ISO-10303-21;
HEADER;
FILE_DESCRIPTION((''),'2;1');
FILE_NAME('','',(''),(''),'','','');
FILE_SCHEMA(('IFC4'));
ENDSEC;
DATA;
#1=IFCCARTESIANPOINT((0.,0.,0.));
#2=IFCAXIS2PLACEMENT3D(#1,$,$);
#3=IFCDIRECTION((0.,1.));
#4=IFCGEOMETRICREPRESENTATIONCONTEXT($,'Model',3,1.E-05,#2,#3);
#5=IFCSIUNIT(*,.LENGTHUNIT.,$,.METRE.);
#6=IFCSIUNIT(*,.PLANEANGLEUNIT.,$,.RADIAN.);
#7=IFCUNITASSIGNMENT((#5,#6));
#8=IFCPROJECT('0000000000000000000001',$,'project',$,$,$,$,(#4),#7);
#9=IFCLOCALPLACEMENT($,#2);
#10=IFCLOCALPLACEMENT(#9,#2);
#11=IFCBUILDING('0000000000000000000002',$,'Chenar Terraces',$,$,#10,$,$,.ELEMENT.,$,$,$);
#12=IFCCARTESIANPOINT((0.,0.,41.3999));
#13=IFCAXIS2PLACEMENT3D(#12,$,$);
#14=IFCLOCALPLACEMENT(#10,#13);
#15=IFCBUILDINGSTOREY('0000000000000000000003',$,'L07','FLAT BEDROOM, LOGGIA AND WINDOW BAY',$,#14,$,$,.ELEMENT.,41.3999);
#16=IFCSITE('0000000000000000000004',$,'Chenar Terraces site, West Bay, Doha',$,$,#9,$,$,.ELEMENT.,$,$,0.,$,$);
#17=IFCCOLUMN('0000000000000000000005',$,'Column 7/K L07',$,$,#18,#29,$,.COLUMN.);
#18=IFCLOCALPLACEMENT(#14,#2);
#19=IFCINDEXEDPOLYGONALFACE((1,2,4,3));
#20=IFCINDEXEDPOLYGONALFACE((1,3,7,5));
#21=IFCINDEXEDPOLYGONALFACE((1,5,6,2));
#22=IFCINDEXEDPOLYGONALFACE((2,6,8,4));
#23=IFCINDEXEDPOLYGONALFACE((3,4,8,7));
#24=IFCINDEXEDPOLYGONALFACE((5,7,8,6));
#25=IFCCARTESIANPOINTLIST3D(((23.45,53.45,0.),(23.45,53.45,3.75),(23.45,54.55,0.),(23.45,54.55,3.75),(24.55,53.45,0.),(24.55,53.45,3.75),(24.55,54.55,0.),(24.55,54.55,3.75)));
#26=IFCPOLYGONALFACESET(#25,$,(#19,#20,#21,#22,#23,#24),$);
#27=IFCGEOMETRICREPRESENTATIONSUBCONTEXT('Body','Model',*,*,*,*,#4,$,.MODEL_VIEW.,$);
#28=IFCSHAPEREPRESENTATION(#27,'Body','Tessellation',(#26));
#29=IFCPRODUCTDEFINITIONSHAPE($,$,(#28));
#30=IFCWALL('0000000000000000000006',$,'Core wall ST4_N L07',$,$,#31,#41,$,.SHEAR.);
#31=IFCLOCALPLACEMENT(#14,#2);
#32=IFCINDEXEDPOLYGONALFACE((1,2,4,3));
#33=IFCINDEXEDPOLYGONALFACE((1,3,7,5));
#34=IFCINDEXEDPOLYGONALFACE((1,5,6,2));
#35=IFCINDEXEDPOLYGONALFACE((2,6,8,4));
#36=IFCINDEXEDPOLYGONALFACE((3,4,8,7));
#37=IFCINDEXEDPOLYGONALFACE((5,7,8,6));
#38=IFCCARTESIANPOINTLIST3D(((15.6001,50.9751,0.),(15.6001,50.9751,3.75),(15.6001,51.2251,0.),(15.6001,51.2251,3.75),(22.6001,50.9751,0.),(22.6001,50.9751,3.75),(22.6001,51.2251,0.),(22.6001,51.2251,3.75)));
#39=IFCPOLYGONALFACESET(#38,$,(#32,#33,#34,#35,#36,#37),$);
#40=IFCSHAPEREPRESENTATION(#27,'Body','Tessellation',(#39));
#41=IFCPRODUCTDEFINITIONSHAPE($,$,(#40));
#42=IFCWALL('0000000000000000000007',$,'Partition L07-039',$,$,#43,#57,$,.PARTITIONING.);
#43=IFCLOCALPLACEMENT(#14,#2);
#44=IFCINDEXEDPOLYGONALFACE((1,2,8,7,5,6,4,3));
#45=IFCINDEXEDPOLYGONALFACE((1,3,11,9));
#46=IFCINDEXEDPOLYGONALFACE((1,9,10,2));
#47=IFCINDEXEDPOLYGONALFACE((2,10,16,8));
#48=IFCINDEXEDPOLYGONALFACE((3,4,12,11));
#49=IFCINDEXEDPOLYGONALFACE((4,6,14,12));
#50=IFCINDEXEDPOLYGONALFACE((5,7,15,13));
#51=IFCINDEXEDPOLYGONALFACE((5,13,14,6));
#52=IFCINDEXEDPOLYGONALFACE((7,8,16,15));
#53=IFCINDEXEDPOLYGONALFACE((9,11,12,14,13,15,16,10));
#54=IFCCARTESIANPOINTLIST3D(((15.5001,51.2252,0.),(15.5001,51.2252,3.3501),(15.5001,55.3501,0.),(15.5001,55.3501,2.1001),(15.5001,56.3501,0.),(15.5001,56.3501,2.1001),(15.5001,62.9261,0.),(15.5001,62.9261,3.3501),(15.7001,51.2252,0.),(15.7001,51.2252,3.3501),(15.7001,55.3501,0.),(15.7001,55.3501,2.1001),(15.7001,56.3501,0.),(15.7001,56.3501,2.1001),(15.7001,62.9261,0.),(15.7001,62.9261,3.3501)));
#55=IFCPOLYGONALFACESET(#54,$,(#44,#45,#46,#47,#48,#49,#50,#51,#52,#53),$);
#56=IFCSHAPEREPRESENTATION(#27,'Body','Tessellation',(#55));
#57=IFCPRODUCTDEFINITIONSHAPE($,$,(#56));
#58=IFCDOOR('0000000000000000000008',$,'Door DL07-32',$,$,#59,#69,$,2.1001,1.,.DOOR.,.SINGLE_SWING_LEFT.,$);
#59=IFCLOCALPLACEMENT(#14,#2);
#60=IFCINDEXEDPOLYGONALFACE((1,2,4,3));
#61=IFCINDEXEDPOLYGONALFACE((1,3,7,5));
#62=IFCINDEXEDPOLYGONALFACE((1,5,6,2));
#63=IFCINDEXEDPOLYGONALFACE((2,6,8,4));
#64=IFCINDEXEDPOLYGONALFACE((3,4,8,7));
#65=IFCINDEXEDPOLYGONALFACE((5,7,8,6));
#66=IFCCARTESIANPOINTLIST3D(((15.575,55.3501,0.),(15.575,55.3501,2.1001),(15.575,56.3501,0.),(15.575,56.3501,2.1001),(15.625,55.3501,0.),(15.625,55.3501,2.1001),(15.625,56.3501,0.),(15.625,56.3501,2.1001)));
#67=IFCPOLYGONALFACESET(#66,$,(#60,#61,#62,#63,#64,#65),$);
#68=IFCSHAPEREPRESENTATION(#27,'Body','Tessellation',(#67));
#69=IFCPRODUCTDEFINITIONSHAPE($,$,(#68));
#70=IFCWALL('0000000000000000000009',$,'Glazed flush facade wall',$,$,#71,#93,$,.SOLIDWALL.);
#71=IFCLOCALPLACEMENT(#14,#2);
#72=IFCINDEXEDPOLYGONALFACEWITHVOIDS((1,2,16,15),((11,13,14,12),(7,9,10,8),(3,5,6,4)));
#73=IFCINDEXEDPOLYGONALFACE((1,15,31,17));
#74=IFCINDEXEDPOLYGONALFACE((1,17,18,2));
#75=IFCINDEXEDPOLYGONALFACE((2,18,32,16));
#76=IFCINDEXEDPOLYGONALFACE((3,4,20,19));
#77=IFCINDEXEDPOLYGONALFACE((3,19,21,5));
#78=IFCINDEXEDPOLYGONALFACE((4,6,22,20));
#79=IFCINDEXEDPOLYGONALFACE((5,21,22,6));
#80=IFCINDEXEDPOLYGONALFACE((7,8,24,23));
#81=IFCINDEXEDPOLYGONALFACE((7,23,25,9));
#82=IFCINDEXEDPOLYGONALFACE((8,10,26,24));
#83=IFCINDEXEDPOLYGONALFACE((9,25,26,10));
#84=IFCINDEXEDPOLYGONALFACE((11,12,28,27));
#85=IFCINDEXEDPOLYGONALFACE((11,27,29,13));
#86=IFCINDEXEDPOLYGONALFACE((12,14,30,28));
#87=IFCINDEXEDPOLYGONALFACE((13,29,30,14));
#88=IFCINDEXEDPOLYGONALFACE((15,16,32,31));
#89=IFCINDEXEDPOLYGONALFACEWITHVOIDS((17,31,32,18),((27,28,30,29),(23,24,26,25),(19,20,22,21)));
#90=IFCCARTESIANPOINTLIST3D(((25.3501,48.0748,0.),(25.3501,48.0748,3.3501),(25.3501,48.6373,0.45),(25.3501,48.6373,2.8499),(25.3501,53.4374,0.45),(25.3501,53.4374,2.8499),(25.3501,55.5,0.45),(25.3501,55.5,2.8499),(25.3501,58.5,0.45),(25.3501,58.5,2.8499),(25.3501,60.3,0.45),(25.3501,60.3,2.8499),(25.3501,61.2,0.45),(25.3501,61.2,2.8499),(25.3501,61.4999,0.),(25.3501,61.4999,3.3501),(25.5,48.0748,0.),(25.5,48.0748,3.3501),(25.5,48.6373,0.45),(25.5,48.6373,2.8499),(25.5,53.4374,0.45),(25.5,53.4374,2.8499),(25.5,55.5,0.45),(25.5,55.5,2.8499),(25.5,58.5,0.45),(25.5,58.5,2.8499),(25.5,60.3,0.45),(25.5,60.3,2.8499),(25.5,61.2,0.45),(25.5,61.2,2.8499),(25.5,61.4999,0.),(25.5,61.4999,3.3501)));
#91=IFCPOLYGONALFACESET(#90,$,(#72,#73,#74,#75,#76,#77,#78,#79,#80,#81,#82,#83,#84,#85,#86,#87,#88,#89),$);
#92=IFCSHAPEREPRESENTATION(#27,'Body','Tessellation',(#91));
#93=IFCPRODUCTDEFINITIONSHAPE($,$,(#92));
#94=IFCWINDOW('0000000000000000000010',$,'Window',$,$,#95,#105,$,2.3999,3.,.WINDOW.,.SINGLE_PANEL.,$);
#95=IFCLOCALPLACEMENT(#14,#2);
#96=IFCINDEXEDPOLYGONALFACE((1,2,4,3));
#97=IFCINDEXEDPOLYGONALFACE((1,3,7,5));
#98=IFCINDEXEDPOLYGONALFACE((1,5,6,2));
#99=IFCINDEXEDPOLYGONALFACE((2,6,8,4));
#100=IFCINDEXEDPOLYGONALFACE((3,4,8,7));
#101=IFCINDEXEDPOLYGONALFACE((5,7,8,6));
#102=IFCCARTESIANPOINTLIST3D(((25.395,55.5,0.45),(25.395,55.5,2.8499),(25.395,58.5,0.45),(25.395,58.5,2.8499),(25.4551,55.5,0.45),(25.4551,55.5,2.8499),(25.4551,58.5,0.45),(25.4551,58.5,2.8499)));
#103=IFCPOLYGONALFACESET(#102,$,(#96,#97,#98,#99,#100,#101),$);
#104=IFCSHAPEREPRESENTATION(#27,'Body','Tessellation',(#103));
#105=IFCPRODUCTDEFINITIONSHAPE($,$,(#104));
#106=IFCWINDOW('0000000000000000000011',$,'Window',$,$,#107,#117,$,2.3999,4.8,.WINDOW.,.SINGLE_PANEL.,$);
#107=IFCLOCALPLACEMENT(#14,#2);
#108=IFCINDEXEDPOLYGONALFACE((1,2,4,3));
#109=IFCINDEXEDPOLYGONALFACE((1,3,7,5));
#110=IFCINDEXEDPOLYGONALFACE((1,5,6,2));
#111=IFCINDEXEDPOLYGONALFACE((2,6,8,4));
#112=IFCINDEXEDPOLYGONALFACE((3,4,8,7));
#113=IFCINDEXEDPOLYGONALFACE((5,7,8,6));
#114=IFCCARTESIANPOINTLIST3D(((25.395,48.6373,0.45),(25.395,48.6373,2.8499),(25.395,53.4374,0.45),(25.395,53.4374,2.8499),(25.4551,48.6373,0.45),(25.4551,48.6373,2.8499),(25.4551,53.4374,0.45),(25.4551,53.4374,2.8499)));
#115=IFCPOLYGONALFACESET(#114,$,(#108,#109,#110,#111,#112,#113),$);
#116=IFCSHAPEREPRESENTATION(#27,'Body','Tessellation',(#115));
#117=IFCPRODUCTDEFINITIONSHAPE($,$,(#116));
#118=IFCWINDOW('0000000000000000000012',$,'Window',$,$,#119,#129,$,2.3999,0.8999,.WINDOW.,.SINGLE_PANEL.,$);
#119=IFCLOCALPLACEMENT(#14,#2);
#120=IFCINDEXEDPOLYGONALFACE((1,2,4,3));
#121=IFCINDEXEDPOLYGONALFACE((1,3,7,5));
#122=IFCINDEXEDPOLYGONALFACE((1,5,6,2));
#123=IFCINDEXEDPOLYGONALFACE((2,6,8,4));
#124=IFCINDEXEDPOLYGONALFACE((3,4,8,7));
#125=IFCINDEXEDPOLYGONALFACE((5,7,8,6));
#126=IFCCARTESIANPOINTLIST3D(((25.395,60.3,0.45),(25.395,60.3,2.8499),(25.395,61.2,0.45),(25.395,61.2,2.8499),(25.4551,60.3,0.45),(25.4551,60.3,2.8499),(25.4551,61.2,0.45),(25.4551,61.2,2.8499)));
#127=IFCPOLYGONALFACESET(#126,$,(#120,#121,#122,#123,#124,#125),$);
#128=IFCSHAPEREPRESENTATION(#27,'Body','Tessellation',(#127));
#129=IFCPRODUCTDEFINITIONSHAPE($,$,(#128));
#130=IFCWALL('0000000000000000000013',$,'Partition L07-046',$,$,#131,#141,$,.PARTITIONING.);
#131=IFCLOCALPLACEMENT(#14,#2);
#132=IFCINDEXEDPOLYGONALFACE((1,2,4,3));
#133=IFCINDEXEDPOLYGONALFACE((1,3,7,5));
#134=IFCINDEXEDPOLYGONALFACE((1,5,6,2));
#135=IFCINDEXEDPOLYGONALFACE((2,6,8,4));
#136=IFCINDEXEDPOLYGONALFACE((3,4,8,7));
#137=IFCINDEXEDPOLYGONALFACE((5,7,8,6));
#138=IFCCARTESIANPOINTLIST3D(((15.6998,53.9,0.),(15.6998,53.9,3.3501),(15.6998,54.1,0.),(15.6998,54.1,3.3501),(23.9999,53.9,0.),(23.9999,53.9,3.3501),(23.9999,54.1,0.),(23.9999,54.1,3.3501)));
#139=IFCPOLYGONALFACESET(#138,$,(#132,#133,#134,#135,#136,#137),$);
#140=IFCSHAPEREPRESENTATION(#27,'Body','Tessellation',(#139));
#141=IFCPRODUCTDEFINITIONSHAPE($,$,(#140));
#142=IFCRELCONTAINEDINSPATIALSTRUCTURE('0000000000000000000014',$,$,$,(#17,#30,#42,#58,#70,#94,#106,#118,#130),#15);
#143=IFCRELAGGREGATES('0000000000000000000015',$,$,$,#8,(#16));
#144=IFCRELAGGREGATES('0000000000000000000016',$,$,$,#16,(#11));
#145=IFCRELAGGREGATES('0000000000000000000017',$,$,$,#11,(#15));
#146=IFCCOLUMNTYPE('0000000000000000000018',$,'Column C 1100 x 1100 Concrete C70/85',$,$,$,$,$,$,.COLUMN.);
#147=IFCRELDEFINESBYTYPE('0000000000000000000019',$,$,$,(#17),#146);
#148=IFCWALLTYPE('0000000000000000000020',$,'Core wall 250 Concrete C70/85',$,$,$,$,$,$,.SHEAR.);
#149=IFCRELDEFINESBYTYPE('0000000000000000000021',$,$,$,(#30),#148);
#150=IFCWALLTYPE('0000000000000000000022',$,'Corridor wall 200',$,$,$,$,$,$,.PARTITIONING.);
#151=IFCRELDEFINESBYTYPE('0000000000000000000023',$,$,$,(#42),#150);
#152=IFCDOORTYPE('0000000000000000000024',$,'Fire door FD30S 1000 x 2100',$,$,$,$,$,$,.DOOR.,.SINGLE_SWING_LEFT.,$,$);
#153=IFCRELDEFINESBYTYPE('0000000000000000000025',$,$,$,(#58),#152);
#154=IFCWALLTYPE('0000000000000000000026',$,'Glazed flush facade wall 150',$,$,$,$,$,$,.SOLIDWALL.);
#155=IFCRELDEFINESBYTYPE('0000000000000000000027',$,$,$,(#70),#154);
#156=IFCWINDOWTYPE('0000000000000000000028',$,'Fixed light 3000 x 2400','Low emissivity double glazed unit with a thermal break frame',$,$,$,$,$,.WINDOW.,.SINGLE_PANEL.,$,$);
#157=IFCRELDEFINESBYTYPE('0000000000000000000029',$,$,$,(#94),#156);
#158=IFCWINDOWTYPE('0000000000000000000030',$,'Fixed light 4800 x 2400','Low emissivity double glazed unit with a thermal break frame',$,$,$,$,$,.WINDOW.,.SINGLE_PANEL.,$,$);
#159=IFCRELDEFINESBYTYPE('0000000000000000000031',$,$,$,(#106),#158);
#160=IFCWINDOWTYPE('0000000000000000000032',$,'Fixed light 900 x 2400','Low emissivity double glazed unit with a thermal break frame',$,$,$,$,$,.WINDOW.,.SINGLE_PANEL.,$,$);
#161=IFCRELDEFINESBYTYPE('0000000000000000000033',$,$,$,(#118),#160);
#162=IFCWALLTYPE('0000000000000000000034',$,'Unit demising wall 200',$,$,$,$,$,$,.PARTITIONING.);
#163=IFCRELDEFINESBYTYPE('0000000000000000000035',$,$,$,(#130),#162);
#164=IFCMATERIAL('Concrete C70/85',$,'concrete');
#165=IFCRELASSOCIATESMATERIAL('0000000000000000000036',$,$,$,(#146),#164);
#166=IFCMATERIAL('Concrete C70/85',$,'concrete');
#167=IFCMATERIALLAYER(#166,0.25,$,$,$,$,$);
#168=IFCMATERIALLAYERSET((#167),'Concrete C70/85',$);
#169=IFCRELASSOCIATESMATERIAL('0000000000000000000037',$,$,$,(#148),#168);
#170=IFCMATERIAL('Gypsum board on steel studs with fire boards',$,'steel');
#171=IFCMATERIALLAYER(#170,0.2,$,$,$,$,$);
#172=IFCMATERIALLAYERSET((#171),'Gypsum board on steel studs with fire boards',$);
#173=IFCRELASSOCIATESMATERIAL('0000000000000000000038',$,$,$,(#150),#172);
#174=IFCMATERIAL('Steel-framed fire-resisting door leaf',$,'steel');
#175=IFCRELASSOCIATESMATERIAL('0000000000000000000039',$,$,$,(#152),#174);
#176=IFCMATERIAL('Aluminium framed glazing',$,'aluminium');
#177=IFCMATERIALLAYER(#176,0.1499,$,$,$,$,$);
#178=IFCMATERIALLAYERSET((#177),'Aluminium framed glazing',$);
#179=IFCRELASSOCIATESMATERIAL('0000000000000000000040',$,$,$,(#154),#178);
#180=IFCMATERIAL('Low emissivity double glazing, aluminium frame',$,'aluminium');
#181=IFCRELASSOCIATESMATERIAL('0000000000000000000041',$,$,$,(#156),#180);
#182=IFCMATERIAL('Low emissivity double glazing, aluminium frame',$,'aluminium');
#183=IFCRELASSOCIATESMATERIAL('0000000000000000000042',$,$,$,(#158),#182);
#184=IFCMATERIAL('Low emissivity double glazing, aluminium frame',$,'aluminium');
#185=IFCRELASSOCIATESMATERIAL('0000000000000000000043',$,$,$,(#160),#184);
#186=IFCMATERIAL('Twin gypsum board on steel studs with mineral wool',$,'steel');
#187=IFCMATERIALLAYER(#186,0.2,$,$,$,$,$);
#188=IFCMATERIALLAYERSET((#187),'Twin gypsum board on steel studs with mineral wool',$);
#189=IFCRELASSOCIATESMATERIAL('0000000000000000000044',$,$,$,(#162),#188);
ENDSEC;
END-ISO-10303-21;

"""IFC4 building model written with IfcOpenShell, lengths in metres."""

from ifc_helpers import new_model, si_unit, direction, frame, frame_2d, origin, origin_2d, place, context, subcontext, project, spatial, rectangle, extrude, material, layer, layer_set, material_profile, profile_set, type_object, element, fill, save


model = new_model("IFC4")

# Units and contexts
model_context = context("Model", 3, precision=1e-05, world=origin(), true_north=direction((0.0, 1.0)))
body_context = subcontext(model_context, "Body", "Model", "MODEL_VIEW")
ifc_project = project(units=[si_unit("LENGTHUNIT", "METRE"), si_unit("PLANEANGLEUNIT", "RADIAN")], contexts=[model_context])

# Site, building, storey
site_placement = place(None, origin())
site = spatial("IfcSite", under=ifc_project, at=site_placement, Name="Chenar Terraces site, West Bay, Doha", CompositionType="ELEMENT", RefElevation=0.0)
building_placement = place(site_placement, origin())
building = spatial("IfcBuilding", under=site, at=building_placement, Name="Chenar Terraces", CompositionType="ELEMENT")
storey_placement = place(building_placement, frame((0.0, 0.0, 41.3999)))
storey = spatial("IfcBuildingStorey", under=building, at=storey_placement, Name="L07", Description="FLAT BEDROOM, LOGGIA AND WINDOW BAY", CompositionType="ELEMENT", Elevation=41.3999)

# Column
ifc_material_1 = material(Name="Concrete C70/85", Category="concrete")
ifc_material_profile = material_profile(ifc_material_1, rectangle(XDim=1.1001, YDim=1.1001, at=origin_2d()), Name="C 1100 x 1100")
ifc_profile_set = profile_set([ifc_material_profile], Name="Concrete C70/85")
column_type = type_object("IfcColumnType", Name="Column C 1100 x 1100 Concrete C70/85", PredefinedType="COLUMN", material=ifc_profile_set)
column_placement = place(storey_placement, frame((24.0, 54.0, 0.0), z_axis=(0.0, 0.0, 1.0), x_axis=(1.0, 0.0, 0.0)))
element("IfcColumn", 1, at=column_placement, inside=storey, type_object=column_type, Name="Column 7/K L07", PredefinedType="COLUMN", context=body_context, shape_type="SweptSolid", body=[
    extrude(rectangle(XDim=1.1001, YDim=1.1001, at=origin_2d()), origin(), (0.0, 0.0, 1.0), 3.75),
])

# Wall
ifc_material_2 = material(Name="Concrete C70/85", Category="concrete")
ifc_layer_1 = layer(ifc_material_2, 0.25)
ifc_layer_set_1 = layer_set([ifc_layer_1], Name="Concrete C70/85")
wall_type_1 = type_object("IfcWallType", Name="Core wall 250 Concrete C70/85", PredefinedType="SHEAR", material=ifc_layer_set_1)
wall_1_placement = place(storey_placement, frame((15.6001, 51.1001, 0.0), z_axis=(0.0, 0.0, 1.0), x_axis=(1.0, 0.0, 0.0)))
element("IfcWall", 2, at=wall_1_placement, inside=storey, type_object=wall_type_1, Name="Core wall ST4_N L07", PredefinedType="SHEAR", context=body_context, shape_type="SweptSolid", body=[
    extrude(rectangle(XDim=7.0, YDim=0.25, at=frame_2d((3.5, 0.0))), origin(), (0.0, 0.0, 1.0), 3.75),
])

# Wall, opening, door
ifc_material_3 = material(Name="Gypsum board on steel studs with fire boards", Category="steel")
ifc_layer_2 = layer(ifc_material_3, 0.2)
ifc_layer_set_2 = layer_set([ifc_layer_2], Name="Gypsum board on steel studs with fire boards")
wall_type_2 = type_object("IfcWallType", Name="Corridor wall 200", PredefinedType="PARTITIONING", material=ifc_layer_set_2)
wall_2_placement = place(storey_placement, frame((15.6001, 51.2251, 0.0), z_axis=(0.0, 0.0, 1.0), x_axis=(0.0, 1.0, 0.0)))
wall_2 = element("IfcWall", 3, at=wall_2_placement, inside=storey, type_object=wall_type_2, Name="Partition L07-039", PredefinedType="PARTITIONING", context=body_context, shape_type="SweptSolid", body=[
    extrude(rectangle(XDim=11.7009, YDim=0.2, at=frame_2d((5.8506, 0.0))), origin(), (0.0, 0.0, 1.0), 3.3501),
])
opening_1_placement = place(wall_2_placement, frame((4.125, 0.0, 0.0)))
opening_1 = element("IfcOpeningElement", 4, at=opening_1_placement, cuts=wall_2, PredefinedType="OPENING", context=body_context, shape_type="SweptSolid", body=[
    extrude(rectangle(XDim=1.0, YDim=2.1001, at=frame_2d((0.5, 1.05))), frame((0.0, 0.1099, 0.0), z_axis=(0.0, -1.0, 0.0), x_axis=(1.0, 0.0, 0.0)), (0.0, 0.0, 1.0), 0.22),
])
ifc_material_4 = material(Name="Steel-framed fire-resisting door leaf", Category="steel")
door_type = type_object("IfcDoorType", Name="Fire door FD30S 1000 x 2100", OperationType="SINGLE_SWING_LEFT", PredefinedType="DOOR", material=ifc_material_4)
door_placement = place(opening_1_placement, frame((1.0, 0.0, 0.0), z_axis=(0.0, 0.0, 1.0), x_axis=(-1.0, 0.0, 0.0)))
door = element("IfcDoor", 5, at=door_placement, inside=storey, type_object=door_type, Name="Door DL07-32", OperationType="SINGLE_SWING_LEFT", OverallHeight=2.1001, OverallWidth=1.0, PredefinedType="DOOR", context=body_context, shape_type="SweptSolid", body=[
    extrude(rectangle(XDim=1.0, YDim=2.1001, at=frame_2d((0.5, 1.05))), frame((0.0, 0.0249, 0.0), z_axis=(0.0, -1.0, 0.0), x_axis=(1.0, 0.0, 0.0)), (0.0, 0.0, 1.0), 0.05),
])
fill(opening_1, door)

# Wall, openings, windows
ifc_material_5 = material(Name="Aluminium framed glazing", Category="aluminium")
ifc_layer_3 = layer(ifc_material_5, 0.1499)
ifc_layer_set_3 = layer_set([ifc_layer_3], Name="Aluminium framed glazing")
wall_type_3 = type_object("IfcWallType", Name="Glazed flush facade wall 150", PredefinedType="SOLIDWALL", material=ifc_layer_set_3)
wall_3_placement = place(storey_placement, frame((25.425, 48.075, 0.0), z_axis=(0.0, 0.0, 1.0), x_axis=(0.0, 1.0, 0.0)))
wall_3 = element("IfcWall", 6, at=wall_3_placement, inside=storey, type_object=wall_type_3, Name="Glazed flush facade wall", PredefinedType="SOLIDWALL", context=body_context, shape_type="SweptSolid", body=[
    extrude(rectangle(XDim=13.425, YDim=0.1499, at=frame_2d((6.7124, 0.0))), origin(), (0.0, 0.0, 1.0), 3.3501),
])
opening_2_placement = place(wall_3_placement, frame((0.5625, 0.0, 0.45)))
opening_2 = element("IfcOpeningElement", 7, at=opening_2_placement, cuts=wall_3, PredefinedType="OPENING", context=body_context, shape_type="SweptSolid", body=[
    extrude(rectangle(XDim=4.8, YDim=2.3999, at=frame_2d((2.3999, 1.2))), frame((0.0, 0.085, 0.0), z_axis=(0.0, -1.0, 0.0), x_axis=(1.0, 0.0, 0.0)), (0.0, 0.0, 1.0), 0.1699),
])
opening_3_placement = place(wall_3_placement, frame((7.425, 0.0, 0.45)))
opening_3 = element("IfcOpeningElement", 8, at=opening_3_placement, cuts=wall_3, PredefinedType="OPENING", context=body_context, shape_type="SweptSolid", body=[
    extrude(rectangle(XDim=3.0, YDim=2.3999, at=frame_2d((1.5, 1.2))), frame((0.0, 0.085, 0.0), z_axis=(0.0, -1.0, 0.0), x_axis=(1.0, 0.0, 0.0)), (0.0, 0.0, 1.0), 0.1699),
])
opening_4_placement = place(wall_3_placement, frame((12.2251, 0.0, 0.45)))
opening_4 = element("IfcOpeningElement", 9, at=opening_4_placement, cuts=wall_3, PredefinedType="OPENING", context=body_context, shape_type="SweptSolid", body=[
    extrude(rectangle(XDim=0.8999, YDim=2.3999, at=frame_2d((0.45, 1.2))), frame((0.0, 0.085, 0.0), z_axis=(0.0, -1.0, 0.0), x_axis=(1.0, 0.0, 0.0)), (0.0, 0.0, 1.0), 0.1699),
])
ifc_material_6 = material(Name="Low emissivity double glazing, aluminium frame", Category="aluminium")
window_type_1 = type_object("IfcWindowType", Name="Fixed light 3000 x 2400", Description="Low emissivity double glazed unit with a thermal break frame", PartitioningType="SINGLE_PANEL", PredefinedType="WINDOW", material=ifc_material_6)
window_1_placement = place(opening_3_placement, origin())
window_1 = element("IfcWindow", 10, at=window_1_placement, inside=storey, type_object=window_type_1, Name="Window", OverallHeight=2.3999, OverallWidth=3.0, PartitioningType="SINGLE_PANEL", PredefinedType="WINDOW", context=body_context, shape_type="SweptSolid", body=[
    extrude(rectangle(XDim=3.0, YDim=2.3999, at=frame_2d((1.5, 1.2))), frame((0.0, 0.03, 0.0), z_axis=(0.0, -1.0, 0.0), x_axis=(1.0, 0.0, 0.0)), (0.0, 0.0, 1.0), 0.0601),
])
fill(opening_3, window_1)
ifc_material_7 = material(Name="Low emissivity double glazing, aluminium frame", Category="aluminium")
window_type_2 = type_object("IfcWindowType", Name="Fixed light 4800 x 2400", Description="Low emissivity double glazed unit with a thermal break frame", PartitioningType="SINGLE_PANEL", PredefinedType="WINDOW", material=ifc_material_7)
window_2_placement = place(opening_2_placement, origin())
window_2 = element("IfcWindow", 11, at=window_2_placement, inside=storey, type_object=window_type_2, Name="Window", OverallHeight=2.3999, OverallWidth=4.8, PartitioningType="SINGLE_PANEL", PredefinedType="WINDOW", context=body_context, shape_type="SweptSolid", body=[
    extrude(rectangle(XDim=4.8, YDim=2.3999, at=frame_2d((2.3999, 1.2))), frame((0.0, 0.03, 0.0), z_axis=(0.0, -1.0, 0.0), x_axis=(1.0, 0.0, 0.0)), (0.0, 0.0, 1.0), 0.0601),
])
fill(opening_2, window_2)
ifc_material_8 = material(Name="Low emissivity double glazing, aluminium frame", Category="aluminium")
window_type_3 = type_object("IfcWindowType", Name="Fixed light 900 x 2400", Description="Low emissivity double glazed unit with a thermal break frame", PartitioningType="SINGLE_PANEL", PredefinedType="WINDOW", material=ifc_material_8)
window_3_placement = place(opening_4_placement, origin())
window_3 = element("IfcWindow", 12, at=window_3_placement, inside=storey, type_object=window_type_3, Name="Window", OverallHeight=2.3999, OverallWidth=0.8999, PartitioningType="SINGLE_PANEL", PredefinedType="WINDOW", context=body_context, shape_type="SweptSolid", body=[
    extrude(rectangle(XDim=0.8999, YDim=2.3999, at=frame_2d((0.45, 1.2))), frame((0.0, 0.03, 0.0), z_axis=(0.0, -1.0, 0.0), x_axis=(1.0, 0.0, 0.0)), (0.0, 0.0, 1.0), 0.0601),
])
fill(opening_4, window_3)

# Wall
ifc_material_9 = material(Name="Twin gypsum board on steel studs with mineral wool", Category="steel")
ifc_layer_4 = layer(ifc_material_9, 0.2)
ifc_layer_set_4 = layer_set([ifc_layer_4], Name="Twin gypsum board on steel studs with mineral wool")
wall_type_4 = type_object("IfcWallType", Name="Unit demising wall 200", PredefinedType="PARTITIONING", material=ifc_layer_set_4)
wall_4_placement = place(storey_placement, frame((15.7, 54.0, 0.0), z_axis=(0.0, 0.0, 1.0), x_axis=(1.0, 0.0, 0.0)))
element("IfcWall", 13, at=wall_4_placement, inside=storey, type_object=wall_type_4, Name="Partition L07-046", PredefinedType="PARTITIONING", context=body_context, shape_type="SweptSolid", body=[
    extrude(rectangle(XDim=8.3, YDim=0.2, at=frame_2d((4.1499, 0.0))), origin(), (0.0, 0.0, 1.0), 3.3501),
])

save(model, "model.ifc")
